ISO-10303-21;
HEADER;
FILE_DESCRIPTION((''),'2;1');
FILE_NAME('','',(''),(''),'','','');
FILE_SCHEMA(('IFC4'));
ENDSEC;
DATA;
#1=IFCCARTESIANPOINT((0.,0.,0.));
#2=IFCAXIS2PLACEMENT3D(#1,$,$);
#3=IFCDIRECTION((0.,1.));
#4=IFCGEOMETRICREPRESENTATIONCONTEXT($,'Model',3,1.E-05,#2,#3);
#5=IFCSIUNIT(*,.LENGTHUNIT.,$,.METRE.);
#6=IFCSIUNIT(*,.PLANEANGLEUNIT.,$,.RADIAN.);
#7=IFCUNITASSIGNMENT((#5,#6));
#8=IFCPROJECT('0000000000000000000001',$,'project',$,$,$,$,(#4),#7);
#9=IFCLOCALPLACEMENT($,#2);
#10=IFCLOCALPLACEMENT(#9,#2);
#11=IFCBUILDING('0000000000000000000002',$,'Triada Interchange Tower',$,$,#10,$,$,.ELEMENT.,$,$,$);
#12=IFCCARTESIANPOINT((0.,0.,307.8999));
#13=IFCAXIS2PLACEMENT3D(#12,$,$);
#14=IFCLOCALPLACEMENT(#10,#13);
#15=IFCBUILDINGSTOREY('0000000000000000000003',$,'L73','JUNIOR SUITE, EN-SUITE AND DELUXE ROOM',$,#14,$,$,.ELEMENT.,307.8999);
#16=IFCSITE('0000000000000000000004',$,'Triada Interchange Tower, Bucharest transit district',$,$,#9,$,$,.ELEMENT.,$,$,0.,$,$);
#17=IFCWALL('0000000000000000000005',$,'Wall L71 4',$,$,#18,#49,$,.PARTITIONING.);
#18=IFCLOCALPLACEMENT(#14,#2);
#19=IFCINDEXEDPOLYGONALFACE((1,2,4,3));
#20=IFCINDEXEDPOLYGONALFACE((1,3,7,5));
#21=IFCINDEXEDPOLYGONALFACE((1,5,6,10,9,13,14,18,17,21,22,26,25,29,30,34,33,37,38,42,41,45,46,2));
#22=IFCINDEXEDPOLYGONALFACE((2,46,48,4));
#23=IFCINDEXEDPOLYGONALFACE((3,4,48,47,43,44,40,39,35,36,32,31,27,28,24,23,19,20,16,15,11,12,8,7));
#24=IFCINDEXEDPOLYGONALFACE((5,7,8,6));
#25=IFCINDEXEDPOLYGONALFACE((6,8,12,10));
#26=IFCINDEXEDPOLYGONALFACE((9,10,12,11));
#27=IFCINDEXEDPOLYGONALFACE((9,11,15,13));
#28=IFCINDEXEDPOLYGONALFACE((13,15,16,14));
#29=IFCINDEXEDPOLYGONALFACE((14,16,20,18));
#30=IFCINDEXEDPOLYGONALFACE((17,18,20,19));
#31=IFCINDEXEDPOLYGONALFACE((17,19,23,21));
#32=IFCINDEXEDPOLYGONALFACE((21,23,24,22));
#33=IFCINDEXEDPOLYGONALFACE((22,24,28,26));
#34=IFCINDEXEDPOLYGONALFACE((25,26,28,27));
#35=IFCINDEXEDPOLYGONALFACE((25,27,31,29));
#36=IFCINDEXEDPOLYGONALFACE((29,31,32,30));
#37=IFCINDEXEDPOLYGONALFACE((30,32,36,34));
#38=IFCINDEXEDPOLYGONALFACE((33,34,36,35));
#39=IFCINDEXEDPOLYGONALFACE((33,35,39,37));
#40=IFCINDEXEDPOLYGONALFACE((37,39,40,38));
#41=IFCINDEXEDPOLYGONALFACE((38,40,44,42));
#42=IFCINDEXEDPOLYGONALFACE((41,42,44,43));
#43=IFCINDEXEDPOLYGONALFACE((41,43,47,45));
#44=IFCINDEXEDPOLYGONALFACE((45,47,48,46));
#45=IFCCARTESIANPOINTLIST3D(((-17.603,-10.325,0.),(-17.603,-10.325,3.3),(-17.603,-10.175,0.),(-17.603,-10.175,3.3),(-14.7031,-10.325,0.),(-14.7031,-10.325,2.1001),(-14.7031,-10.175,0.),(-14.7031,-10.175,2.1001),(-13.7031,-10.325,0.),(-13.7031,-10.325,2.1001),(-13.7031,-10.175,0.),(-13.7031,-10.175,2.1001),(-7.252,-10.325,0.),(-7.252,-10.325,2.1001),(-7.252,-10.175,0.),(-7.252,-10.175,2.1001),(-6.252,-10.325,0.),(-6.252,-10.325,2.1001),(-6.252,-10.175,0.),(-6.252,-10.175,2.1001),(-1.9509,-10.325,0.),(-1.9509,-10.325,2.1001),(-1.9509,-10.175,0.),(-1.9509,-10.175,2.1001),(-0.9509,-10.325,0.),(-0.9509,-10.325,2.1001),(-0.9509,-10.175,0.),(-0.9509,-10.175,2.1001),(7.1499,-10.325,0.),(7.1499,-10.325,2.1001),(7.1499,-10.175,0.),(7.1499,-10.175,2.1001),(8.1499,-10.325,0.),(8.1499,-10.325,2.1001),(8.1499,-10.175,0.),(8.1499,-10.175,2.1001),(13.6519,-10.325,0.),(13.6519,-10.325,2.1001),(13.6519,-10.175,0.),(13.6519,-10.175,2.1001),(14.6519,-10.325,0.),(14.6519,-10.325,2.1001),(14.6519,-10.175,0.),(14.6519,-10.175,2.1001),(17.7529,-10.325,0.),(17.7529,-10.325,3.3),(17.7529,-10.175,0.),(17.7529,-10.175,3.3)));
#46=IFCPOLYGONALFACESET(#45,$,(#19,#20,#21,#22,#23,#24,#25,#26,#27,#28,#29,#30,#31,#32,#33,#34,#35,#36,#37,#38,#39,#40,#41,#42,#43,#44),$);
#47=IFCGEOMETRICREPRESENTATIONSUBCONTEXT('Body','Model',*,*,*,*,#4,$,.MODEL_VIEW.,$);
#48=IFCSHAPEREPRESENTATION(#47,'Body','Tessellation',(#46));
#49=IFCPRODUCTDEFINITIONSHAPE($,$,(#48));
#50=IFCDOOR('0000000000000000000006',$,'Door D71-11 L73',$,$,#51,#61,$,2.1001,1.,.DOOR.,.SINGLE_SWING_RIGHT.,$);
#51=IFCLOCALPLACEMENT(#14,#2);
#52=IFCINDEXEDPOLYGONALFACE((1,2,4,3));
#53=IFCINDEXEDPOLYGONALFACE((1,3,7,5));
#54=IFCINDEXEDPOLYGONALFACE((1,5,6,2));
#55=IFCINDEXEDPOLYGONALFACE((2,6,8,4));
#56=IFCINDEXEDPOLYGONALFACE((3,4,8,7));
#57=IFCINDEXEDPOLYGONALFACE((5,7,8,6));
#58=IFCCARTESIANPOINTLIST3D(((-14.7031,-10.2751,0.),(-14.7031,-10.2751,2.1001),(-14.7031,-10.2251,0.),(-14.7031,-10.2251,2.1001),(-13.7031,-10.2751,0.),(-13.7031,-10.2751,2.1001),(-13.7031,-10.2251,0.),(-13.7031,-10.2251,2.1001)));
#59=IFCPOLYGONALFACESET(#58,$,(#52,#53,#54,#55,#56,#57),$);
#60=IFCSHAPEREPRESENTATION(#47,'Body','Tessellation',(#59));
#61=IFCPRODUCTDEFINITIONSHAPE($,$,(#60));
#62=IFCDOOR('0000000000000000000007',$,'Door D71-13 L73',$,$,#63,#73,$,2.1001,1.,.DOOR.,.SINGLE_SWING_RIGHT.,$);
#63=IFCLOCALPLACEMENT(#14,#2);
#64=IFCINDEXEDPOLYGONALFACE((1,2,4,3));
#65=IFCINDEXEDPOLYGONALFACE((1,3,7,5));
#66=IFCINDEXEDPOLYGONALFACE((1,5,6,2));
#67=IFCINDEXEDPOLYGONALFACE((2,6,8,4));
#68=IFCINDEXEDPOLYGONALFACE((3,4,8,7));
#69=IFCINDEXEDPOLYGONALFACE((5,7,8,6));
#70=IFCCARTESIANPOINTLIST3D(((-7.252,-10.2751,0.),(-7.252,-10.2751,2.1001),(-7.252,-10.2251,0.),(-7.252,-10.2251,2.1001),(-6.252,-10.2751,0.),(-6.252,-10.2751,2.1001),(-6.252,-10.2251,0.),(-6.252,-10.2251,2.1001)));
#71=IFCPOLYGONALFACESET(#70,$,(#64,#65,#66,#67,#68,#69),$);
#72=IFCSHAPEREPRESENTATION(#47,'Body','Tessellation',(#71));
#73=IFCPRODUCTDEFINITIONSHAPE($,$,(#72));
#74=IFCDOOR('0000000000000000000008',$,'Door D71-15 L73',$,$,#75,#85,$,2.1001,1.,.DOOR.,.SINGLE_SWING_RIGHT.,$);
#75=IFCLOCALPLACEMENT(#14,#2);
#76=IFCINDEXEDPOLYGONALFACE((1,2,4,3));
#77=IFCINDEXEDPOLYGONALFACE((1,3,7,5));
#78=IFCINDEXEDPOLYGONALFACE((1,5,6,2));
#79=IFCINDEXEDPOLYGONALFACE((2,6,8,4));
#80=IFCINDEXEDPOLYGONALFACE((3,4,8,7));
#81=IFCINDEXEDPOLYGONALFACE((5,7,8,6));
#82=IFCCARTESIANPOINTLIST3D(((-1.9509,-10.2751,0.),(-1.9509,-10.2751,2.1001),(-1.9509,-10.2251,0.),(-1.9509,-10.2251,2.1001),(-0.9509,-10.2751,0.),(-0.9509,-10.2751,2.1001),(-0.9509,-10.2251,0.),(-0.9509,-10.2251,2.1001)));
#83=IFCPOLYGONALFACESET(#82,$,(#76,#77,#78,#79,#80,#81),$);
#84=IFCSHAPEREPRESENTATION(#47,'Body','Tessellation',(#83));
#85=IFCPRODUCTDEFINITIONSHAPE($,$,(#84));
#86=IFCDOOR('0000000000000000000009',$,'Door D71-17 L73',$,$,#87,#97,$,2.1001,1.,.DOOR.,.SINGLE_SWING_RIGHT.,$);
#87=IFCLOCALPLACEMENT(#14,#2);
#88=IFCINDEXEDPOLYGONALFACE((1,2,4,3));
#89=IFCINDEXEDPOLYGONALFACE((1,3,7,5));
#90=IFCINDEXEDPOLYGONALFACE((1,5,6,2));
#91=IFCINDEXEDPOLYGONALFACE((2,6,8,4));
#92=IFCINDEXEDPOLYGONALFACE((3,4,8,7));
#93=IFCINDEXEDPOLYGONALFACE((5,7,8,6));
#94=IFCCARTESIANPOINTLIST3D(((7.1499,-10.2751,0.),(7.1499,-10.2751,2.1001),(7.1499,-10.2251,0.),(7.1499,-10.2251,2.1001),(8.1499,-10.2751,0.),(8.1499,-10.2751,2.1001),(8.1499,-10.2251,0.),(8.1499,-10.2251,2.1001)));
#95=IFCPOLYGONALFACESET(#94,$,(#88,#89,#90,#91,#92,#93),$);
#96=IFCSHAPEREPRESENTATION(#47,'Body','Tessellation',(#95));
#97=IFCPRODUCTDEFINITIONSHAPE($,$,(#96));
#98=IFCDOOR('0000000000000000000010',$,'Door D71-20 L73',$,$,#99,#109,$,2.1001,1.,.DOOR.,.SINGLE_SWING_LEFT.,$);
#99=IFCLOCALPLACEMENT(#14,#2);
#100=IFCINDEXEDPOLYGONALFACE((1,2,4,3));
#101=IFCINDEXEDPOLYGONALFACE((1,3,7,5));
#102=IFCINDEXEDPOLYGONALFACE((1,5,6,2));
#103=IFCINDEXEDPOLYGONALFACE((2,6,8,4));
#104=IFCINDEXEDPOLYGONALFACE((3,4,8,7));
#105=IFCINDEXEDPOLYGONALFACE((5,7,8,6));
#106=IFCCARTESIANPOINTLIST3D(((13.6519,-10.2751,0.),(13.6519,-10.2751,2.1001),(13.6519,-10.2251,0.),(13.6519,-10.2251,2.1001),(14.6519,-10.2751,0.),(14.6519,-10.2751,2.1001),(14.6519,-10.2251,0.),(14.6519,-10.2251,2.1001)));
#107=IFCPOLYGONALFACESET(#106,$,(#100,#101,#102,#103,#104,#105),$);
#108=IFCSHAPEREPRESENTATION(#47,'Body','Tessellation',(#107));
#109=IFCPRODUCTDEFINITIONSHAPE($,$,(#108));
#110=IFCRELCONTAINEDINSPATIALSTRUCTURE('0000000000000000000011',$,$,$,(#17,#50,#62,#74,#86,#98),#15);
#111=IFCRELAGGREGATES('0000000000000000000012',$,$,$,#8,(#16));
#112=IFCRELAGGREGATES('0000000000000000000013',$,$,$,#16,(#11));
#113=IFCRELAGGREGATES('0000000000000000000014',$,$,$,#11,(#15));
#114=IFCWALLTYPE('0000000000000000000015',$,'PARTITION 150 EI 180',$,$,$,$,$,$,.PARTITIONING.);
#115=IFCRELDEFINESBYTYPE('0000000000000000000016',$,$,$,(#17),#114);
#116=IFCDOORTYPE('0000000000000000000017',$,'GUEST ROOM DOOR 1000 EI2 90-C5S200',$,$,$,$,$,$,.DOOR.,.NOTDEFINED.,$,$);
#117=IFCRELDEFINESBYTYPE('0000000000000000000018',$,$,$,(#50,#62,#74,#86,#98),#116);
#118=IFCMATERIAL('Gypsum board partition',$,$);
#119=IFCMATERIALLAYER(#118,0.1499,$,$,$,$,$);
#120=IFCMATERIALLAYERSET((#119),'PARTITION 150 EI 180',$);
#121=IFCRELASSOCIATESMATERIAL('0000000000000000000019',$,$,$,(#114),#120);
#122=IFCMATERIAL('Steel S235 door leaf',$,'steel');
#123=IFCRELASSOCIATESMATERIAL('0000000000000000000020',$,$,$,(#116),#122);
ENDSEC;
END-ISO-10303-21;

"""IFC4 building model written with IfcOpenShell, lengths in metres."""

from ifc_helpers import new_model, si_unit, direction, frame, frame_2d, origin, place, context, subcontext, project, spatial, rectangle, extrude, material, layer, layer_set, type_object, element, fill, save


model = new_model("IFC4")

# Units and contexts
model_context = context("Model", 3, precision=1e-05, world=origin(), true_north=direction((0.0, 1.0)))
body_context = subcontext(model_context, "Body", "Model", "MODEL_VIEW")
ifc_project = project(units=[si_unit("LENGTHUNIT", "METRE"), si_unit("PLANEANGLEUNIT", "RADIAN")], contexts=[model_context])

# Site, building, storey
site_placement = place(None, origin())
site = spatial("IfcSite", under=ifc_project, at=site_placement, Name="Triada Interchange Tower, Bucharest transit district", CompositionType="ELEMENT", RefElevation=0.0)
building_placement = place(site_placement, origin())
building = spatial("IfcBuilding", under=site, at=building_placement, Name="Triada Interchange Tower", CompositionType="ELEMENT")
storey_placement = place(building_placement, frame((0.0, 0.0, 307.8999)))
storey = spatial("IfcBuildingStorey", under=building, at=storey_placement, Name="L73", Description="JUNIOR SUITE, EN-SUITE AND DELUXE ROOM", CompositionType="ELEMENT", Elevation=307.8999)

# Wall, openings, doors
ifc_material_1 = material(Name="Gypsum board partition")
ifc_layer_1 = layer(ifc_material_1, 0.1499)
ifc_layer_set_1 = layer_set([ifc_layer_1], Name="PARTITION 150 EI 180")
wall_type_1 = type_object("IfcWallType", Name="PARTITION 150 EI 180", PredefinedType="PARTITIONING", material=ifc_layer_set_1)
wall_1_placement = place(storey_placement, frame((-17.603, -10.25, 0.0), z_axis=(0.0, 0.0, 1.0), x_axis=(1.0, 0.0, 0.0)))
wall_1 = element("IfcWall", 1, at=wall_1_placement, inside=storey, type_object=wall_type_1, Name="Wall L71 4", PredefinedType="PARTITIONING", context=body_context, shape_type="SweptSolid", body=[
    extrude(rectangle(XDim=35.356, YDim=0.1499, at=frame_2d((17.678, 0.0))), origin(), (0.0, 0.0, 1.0), 3.3),
])
opening_1_placement = place(wall_1_placement, frame((2.8999, 0.0, 0.0)))
opening_1 = element("IfcOpeningElement", 2, at=opening_1_placement, cuts=wall_1, PredefinedType="OPENING", context=body_context, shape_type="SweptSolid", body=[
    extrude(rectangle(XDim=1.0, YDim=2.1001, at=frame_2d((0.5, 1.05))), frame((0.0, 0.085, 0.0), z_axis=(0.0, -1.0, 0.0), x_axis=(1.0, 0.0, 0.0)), (0.0, 0.0, 1.0), 0.1699),
])
opening_2_placement = place(wall_1_placement, frame((10.3511, 0.0, 0.0)))
opening_2 = element("IfcOpeningElement", 3, at=opening_2_placement, cuts=wall_1, PredefinedType="OPENING", context=body_context, shape_type="SweptSolid", body=[
    extrude(rectangle(XDim=1.0, YDim=2.1001, at=frame_2d((0.5, 1.05))), frame((0.0, 0.085, 0.0), z_axis=(0.0, -1.0, 0.0), x_axis=(1.0, 0.0, 0.0)), (0.0, 0.0, 1.0), 0.1699),
])
opening_3_placement = place(wall_1_placement, frame((15.6521, 0.0, 0.0)))
opening_3 = element("IfcOpeningElement", 4, at=opening_3_placement, cuts=wall_1, PredefinedType="OPENING", context=body_context, shape_type="SweptSolid", body=[
    extrude(rectangle(XDim=1.0, YDim=2.1001, at=frame_2d((0.5, 1.05))), frame((0.0, 0.085, 0.0), z_axis=(0.0, -1.0, 0.0), x_axis=(1.0, 0.0, 0.0)), (0.0, 0.0, 1.0), 0.1699),
])
opening_4_placement = place(wall_1_placement, frame((24.7529, 0.0, 0.0)))
opening_4 = element("IfcOpeningElement", 5, at=opening_4_placement, cuts=wall_1, PredefinedType="OPENING", context=body_context, shape_type="SweptSolid", body=[
    extrude(rectangle(XDim=1.0, YDim=2.1001, at=frame_2d((0.5, 1.05))), frame((0.0, 0.085, 0.0), z_axis=(0.0, -1.0, 0.0), x_axis=(1.0, 0.0, 0.0)), (0.0, 0.0, 1.0), 0.1699),
])
opening_5_placement = place(wall_1_placement, frame((31.2549, 0.0, 0.0)))
opening_5 = element("IfcOpeningElement", 6, at=opening_5_placement, cuts=wall_1, PredefinedType="OPENING", context=body_context, shape_type="SweptSolid", body=[
    extrude(rectangle(XDim=1.0, YDim=2.1001, at=frame_2d((0.5, 1.05))), frame((0.0, 0.085, 0.0), z_axis=(0.0, -1.0, 0.0), x_axis=(1.0, 0.0, 0.0)), (0.0, 0.0, 1.0), 0.1699),
])
ifc_material_2 = material(Name="Steel S235 door leaf", Category="steel")
door_type_1 = type_object("IfcDoorType", Name="GUEST ROOM DOOR 1000 EI2 90-C5S200", OperationType="NOTDEFINED", PredefinedType="DOOR", material=ifc_material_2)
door_1_placement = place(opening_1_placement, origin())
door_1 = element("IfcDoor", 7, at=door_1_placement, inside=storey, type_object=door_type_1, Name="Door D71-11 L73", OperationType="SINGLE_SWING_RIGHT", OverallHeight=2.1001, OverallWidth=1.0, PredefinedType="DOOR", context=body_context, shape_type="SweptSolid", body=[
    extrude(rectangle(XDim=1.0, YDim=2.1001, at=frame_2d((0.5, 1.05))), frame((0.0, 0.0249, 0.0), z_axis=(0.0, -1.0, 0.0), x_axis=(1.0, 0.0, 0.0)), (0.0, 0.0, 1.0), 0.05),
])
fill(opening_1, door_1)
door_2_placement = place(opening_2_placement, origin())
door_2 = element("IfcDoor", 8, at=door_2_placement, inside=storey, type_object=door_type_1, Name="Door D71-13 L73", OperationType="SINGLE_SWING_RIGHT", OverallHeight=2.1001, OverallWidth=1.0, PredefinedType="DOOR", context=body_context, shape_type="SweptSolid", body=[
    extrude(rectangle(XDim=1.0, YDim=2.1001, at=frame_2d((0.5, 1.05))), frame((0.0, 0.0249, 0.0), z_axis=(0.0, -1.0, 0.0), x_axis=(1.0, 0.0, 0.0)), (0.0, 0.0, 1.0), 0.05),
])
fill(opening_2, door_2)
door_3_placement = place(opening_3_placement, origin())
door_3 = element("IfcDoor", 9, at=door_3_placement, inside=storey, type_object=door_type_1, Name="Door D71-15 L73", OperationType="SINGLE_SWING_RIGHT", OverallHeight=2.1001, OverallWidth=1.0, PredefinedType="DOOR", context=body_context, shape_type="SweptSolid", body=[
    extrude(rectangle(XDim=1.0, YDim=2.1001, at=frame_2d((0.5, 1.05))), frame((0.0, 0.0249, 0.0), z_axis=(0.0, -1.0, 0.0), x_axis=(1.0, 0.0, 0.0)), (0.0, 0.0, 1.0), 0.05),
])
fill(opening_3, door_3)
door_4_placement = place(opening_4_placement, origin())
door_4 = element("IfcDoor", 10, at=door_4_placement, inside=storey, type_object=door_type_1, Name="Door D71-17 L73", OperationType="SINGLE_SWING_RIGHT", OverallHeight=2.1001, OverallWidth=1.0, PredefinedType="DOOR", context=body_context, shape_type="SweptSolid", body=[
    extrude(rectangle(XDim=1.0, YDim=2.1001, at=frame_2d((0.5, 1.05))), frame((0.0, 0.0249, 0.0), z_axis=(0.0, -1.0, 0.0), x_axis=(1.0, 0.0, 0.0)), (0.0, 0.0, 1.0), 0.05),
])
fill(opening_4, door_4)
door_5_placement = place(opening_5_placement, origin())
door_5 = element("IfcDoor", 11, at=door_5_placement, inside=storey, type_object=door_type_1, Name="Door D71-20 L73", OperationType="SINGLE_SWING_LEFT", OverallHeight=2.1001, OverallWidth=1.0, PredefinedType="DOOR", context=body_context, shape_type="SweptSolid", body=[
    extrude(rectangle(XDim=1.0, YDim=2.1001, at=frame_2d((0.5, 1.05))), frame((0.0, 0.0249, 0.0), z_axis=(0.0, -1.0, 0.0), x_axis=(1.0, 0.0, 0.0)), (0.0, 0.0, 1.0), 0.05),
])
fill(opening_5, door_5)

save(model, "model.ifc")
